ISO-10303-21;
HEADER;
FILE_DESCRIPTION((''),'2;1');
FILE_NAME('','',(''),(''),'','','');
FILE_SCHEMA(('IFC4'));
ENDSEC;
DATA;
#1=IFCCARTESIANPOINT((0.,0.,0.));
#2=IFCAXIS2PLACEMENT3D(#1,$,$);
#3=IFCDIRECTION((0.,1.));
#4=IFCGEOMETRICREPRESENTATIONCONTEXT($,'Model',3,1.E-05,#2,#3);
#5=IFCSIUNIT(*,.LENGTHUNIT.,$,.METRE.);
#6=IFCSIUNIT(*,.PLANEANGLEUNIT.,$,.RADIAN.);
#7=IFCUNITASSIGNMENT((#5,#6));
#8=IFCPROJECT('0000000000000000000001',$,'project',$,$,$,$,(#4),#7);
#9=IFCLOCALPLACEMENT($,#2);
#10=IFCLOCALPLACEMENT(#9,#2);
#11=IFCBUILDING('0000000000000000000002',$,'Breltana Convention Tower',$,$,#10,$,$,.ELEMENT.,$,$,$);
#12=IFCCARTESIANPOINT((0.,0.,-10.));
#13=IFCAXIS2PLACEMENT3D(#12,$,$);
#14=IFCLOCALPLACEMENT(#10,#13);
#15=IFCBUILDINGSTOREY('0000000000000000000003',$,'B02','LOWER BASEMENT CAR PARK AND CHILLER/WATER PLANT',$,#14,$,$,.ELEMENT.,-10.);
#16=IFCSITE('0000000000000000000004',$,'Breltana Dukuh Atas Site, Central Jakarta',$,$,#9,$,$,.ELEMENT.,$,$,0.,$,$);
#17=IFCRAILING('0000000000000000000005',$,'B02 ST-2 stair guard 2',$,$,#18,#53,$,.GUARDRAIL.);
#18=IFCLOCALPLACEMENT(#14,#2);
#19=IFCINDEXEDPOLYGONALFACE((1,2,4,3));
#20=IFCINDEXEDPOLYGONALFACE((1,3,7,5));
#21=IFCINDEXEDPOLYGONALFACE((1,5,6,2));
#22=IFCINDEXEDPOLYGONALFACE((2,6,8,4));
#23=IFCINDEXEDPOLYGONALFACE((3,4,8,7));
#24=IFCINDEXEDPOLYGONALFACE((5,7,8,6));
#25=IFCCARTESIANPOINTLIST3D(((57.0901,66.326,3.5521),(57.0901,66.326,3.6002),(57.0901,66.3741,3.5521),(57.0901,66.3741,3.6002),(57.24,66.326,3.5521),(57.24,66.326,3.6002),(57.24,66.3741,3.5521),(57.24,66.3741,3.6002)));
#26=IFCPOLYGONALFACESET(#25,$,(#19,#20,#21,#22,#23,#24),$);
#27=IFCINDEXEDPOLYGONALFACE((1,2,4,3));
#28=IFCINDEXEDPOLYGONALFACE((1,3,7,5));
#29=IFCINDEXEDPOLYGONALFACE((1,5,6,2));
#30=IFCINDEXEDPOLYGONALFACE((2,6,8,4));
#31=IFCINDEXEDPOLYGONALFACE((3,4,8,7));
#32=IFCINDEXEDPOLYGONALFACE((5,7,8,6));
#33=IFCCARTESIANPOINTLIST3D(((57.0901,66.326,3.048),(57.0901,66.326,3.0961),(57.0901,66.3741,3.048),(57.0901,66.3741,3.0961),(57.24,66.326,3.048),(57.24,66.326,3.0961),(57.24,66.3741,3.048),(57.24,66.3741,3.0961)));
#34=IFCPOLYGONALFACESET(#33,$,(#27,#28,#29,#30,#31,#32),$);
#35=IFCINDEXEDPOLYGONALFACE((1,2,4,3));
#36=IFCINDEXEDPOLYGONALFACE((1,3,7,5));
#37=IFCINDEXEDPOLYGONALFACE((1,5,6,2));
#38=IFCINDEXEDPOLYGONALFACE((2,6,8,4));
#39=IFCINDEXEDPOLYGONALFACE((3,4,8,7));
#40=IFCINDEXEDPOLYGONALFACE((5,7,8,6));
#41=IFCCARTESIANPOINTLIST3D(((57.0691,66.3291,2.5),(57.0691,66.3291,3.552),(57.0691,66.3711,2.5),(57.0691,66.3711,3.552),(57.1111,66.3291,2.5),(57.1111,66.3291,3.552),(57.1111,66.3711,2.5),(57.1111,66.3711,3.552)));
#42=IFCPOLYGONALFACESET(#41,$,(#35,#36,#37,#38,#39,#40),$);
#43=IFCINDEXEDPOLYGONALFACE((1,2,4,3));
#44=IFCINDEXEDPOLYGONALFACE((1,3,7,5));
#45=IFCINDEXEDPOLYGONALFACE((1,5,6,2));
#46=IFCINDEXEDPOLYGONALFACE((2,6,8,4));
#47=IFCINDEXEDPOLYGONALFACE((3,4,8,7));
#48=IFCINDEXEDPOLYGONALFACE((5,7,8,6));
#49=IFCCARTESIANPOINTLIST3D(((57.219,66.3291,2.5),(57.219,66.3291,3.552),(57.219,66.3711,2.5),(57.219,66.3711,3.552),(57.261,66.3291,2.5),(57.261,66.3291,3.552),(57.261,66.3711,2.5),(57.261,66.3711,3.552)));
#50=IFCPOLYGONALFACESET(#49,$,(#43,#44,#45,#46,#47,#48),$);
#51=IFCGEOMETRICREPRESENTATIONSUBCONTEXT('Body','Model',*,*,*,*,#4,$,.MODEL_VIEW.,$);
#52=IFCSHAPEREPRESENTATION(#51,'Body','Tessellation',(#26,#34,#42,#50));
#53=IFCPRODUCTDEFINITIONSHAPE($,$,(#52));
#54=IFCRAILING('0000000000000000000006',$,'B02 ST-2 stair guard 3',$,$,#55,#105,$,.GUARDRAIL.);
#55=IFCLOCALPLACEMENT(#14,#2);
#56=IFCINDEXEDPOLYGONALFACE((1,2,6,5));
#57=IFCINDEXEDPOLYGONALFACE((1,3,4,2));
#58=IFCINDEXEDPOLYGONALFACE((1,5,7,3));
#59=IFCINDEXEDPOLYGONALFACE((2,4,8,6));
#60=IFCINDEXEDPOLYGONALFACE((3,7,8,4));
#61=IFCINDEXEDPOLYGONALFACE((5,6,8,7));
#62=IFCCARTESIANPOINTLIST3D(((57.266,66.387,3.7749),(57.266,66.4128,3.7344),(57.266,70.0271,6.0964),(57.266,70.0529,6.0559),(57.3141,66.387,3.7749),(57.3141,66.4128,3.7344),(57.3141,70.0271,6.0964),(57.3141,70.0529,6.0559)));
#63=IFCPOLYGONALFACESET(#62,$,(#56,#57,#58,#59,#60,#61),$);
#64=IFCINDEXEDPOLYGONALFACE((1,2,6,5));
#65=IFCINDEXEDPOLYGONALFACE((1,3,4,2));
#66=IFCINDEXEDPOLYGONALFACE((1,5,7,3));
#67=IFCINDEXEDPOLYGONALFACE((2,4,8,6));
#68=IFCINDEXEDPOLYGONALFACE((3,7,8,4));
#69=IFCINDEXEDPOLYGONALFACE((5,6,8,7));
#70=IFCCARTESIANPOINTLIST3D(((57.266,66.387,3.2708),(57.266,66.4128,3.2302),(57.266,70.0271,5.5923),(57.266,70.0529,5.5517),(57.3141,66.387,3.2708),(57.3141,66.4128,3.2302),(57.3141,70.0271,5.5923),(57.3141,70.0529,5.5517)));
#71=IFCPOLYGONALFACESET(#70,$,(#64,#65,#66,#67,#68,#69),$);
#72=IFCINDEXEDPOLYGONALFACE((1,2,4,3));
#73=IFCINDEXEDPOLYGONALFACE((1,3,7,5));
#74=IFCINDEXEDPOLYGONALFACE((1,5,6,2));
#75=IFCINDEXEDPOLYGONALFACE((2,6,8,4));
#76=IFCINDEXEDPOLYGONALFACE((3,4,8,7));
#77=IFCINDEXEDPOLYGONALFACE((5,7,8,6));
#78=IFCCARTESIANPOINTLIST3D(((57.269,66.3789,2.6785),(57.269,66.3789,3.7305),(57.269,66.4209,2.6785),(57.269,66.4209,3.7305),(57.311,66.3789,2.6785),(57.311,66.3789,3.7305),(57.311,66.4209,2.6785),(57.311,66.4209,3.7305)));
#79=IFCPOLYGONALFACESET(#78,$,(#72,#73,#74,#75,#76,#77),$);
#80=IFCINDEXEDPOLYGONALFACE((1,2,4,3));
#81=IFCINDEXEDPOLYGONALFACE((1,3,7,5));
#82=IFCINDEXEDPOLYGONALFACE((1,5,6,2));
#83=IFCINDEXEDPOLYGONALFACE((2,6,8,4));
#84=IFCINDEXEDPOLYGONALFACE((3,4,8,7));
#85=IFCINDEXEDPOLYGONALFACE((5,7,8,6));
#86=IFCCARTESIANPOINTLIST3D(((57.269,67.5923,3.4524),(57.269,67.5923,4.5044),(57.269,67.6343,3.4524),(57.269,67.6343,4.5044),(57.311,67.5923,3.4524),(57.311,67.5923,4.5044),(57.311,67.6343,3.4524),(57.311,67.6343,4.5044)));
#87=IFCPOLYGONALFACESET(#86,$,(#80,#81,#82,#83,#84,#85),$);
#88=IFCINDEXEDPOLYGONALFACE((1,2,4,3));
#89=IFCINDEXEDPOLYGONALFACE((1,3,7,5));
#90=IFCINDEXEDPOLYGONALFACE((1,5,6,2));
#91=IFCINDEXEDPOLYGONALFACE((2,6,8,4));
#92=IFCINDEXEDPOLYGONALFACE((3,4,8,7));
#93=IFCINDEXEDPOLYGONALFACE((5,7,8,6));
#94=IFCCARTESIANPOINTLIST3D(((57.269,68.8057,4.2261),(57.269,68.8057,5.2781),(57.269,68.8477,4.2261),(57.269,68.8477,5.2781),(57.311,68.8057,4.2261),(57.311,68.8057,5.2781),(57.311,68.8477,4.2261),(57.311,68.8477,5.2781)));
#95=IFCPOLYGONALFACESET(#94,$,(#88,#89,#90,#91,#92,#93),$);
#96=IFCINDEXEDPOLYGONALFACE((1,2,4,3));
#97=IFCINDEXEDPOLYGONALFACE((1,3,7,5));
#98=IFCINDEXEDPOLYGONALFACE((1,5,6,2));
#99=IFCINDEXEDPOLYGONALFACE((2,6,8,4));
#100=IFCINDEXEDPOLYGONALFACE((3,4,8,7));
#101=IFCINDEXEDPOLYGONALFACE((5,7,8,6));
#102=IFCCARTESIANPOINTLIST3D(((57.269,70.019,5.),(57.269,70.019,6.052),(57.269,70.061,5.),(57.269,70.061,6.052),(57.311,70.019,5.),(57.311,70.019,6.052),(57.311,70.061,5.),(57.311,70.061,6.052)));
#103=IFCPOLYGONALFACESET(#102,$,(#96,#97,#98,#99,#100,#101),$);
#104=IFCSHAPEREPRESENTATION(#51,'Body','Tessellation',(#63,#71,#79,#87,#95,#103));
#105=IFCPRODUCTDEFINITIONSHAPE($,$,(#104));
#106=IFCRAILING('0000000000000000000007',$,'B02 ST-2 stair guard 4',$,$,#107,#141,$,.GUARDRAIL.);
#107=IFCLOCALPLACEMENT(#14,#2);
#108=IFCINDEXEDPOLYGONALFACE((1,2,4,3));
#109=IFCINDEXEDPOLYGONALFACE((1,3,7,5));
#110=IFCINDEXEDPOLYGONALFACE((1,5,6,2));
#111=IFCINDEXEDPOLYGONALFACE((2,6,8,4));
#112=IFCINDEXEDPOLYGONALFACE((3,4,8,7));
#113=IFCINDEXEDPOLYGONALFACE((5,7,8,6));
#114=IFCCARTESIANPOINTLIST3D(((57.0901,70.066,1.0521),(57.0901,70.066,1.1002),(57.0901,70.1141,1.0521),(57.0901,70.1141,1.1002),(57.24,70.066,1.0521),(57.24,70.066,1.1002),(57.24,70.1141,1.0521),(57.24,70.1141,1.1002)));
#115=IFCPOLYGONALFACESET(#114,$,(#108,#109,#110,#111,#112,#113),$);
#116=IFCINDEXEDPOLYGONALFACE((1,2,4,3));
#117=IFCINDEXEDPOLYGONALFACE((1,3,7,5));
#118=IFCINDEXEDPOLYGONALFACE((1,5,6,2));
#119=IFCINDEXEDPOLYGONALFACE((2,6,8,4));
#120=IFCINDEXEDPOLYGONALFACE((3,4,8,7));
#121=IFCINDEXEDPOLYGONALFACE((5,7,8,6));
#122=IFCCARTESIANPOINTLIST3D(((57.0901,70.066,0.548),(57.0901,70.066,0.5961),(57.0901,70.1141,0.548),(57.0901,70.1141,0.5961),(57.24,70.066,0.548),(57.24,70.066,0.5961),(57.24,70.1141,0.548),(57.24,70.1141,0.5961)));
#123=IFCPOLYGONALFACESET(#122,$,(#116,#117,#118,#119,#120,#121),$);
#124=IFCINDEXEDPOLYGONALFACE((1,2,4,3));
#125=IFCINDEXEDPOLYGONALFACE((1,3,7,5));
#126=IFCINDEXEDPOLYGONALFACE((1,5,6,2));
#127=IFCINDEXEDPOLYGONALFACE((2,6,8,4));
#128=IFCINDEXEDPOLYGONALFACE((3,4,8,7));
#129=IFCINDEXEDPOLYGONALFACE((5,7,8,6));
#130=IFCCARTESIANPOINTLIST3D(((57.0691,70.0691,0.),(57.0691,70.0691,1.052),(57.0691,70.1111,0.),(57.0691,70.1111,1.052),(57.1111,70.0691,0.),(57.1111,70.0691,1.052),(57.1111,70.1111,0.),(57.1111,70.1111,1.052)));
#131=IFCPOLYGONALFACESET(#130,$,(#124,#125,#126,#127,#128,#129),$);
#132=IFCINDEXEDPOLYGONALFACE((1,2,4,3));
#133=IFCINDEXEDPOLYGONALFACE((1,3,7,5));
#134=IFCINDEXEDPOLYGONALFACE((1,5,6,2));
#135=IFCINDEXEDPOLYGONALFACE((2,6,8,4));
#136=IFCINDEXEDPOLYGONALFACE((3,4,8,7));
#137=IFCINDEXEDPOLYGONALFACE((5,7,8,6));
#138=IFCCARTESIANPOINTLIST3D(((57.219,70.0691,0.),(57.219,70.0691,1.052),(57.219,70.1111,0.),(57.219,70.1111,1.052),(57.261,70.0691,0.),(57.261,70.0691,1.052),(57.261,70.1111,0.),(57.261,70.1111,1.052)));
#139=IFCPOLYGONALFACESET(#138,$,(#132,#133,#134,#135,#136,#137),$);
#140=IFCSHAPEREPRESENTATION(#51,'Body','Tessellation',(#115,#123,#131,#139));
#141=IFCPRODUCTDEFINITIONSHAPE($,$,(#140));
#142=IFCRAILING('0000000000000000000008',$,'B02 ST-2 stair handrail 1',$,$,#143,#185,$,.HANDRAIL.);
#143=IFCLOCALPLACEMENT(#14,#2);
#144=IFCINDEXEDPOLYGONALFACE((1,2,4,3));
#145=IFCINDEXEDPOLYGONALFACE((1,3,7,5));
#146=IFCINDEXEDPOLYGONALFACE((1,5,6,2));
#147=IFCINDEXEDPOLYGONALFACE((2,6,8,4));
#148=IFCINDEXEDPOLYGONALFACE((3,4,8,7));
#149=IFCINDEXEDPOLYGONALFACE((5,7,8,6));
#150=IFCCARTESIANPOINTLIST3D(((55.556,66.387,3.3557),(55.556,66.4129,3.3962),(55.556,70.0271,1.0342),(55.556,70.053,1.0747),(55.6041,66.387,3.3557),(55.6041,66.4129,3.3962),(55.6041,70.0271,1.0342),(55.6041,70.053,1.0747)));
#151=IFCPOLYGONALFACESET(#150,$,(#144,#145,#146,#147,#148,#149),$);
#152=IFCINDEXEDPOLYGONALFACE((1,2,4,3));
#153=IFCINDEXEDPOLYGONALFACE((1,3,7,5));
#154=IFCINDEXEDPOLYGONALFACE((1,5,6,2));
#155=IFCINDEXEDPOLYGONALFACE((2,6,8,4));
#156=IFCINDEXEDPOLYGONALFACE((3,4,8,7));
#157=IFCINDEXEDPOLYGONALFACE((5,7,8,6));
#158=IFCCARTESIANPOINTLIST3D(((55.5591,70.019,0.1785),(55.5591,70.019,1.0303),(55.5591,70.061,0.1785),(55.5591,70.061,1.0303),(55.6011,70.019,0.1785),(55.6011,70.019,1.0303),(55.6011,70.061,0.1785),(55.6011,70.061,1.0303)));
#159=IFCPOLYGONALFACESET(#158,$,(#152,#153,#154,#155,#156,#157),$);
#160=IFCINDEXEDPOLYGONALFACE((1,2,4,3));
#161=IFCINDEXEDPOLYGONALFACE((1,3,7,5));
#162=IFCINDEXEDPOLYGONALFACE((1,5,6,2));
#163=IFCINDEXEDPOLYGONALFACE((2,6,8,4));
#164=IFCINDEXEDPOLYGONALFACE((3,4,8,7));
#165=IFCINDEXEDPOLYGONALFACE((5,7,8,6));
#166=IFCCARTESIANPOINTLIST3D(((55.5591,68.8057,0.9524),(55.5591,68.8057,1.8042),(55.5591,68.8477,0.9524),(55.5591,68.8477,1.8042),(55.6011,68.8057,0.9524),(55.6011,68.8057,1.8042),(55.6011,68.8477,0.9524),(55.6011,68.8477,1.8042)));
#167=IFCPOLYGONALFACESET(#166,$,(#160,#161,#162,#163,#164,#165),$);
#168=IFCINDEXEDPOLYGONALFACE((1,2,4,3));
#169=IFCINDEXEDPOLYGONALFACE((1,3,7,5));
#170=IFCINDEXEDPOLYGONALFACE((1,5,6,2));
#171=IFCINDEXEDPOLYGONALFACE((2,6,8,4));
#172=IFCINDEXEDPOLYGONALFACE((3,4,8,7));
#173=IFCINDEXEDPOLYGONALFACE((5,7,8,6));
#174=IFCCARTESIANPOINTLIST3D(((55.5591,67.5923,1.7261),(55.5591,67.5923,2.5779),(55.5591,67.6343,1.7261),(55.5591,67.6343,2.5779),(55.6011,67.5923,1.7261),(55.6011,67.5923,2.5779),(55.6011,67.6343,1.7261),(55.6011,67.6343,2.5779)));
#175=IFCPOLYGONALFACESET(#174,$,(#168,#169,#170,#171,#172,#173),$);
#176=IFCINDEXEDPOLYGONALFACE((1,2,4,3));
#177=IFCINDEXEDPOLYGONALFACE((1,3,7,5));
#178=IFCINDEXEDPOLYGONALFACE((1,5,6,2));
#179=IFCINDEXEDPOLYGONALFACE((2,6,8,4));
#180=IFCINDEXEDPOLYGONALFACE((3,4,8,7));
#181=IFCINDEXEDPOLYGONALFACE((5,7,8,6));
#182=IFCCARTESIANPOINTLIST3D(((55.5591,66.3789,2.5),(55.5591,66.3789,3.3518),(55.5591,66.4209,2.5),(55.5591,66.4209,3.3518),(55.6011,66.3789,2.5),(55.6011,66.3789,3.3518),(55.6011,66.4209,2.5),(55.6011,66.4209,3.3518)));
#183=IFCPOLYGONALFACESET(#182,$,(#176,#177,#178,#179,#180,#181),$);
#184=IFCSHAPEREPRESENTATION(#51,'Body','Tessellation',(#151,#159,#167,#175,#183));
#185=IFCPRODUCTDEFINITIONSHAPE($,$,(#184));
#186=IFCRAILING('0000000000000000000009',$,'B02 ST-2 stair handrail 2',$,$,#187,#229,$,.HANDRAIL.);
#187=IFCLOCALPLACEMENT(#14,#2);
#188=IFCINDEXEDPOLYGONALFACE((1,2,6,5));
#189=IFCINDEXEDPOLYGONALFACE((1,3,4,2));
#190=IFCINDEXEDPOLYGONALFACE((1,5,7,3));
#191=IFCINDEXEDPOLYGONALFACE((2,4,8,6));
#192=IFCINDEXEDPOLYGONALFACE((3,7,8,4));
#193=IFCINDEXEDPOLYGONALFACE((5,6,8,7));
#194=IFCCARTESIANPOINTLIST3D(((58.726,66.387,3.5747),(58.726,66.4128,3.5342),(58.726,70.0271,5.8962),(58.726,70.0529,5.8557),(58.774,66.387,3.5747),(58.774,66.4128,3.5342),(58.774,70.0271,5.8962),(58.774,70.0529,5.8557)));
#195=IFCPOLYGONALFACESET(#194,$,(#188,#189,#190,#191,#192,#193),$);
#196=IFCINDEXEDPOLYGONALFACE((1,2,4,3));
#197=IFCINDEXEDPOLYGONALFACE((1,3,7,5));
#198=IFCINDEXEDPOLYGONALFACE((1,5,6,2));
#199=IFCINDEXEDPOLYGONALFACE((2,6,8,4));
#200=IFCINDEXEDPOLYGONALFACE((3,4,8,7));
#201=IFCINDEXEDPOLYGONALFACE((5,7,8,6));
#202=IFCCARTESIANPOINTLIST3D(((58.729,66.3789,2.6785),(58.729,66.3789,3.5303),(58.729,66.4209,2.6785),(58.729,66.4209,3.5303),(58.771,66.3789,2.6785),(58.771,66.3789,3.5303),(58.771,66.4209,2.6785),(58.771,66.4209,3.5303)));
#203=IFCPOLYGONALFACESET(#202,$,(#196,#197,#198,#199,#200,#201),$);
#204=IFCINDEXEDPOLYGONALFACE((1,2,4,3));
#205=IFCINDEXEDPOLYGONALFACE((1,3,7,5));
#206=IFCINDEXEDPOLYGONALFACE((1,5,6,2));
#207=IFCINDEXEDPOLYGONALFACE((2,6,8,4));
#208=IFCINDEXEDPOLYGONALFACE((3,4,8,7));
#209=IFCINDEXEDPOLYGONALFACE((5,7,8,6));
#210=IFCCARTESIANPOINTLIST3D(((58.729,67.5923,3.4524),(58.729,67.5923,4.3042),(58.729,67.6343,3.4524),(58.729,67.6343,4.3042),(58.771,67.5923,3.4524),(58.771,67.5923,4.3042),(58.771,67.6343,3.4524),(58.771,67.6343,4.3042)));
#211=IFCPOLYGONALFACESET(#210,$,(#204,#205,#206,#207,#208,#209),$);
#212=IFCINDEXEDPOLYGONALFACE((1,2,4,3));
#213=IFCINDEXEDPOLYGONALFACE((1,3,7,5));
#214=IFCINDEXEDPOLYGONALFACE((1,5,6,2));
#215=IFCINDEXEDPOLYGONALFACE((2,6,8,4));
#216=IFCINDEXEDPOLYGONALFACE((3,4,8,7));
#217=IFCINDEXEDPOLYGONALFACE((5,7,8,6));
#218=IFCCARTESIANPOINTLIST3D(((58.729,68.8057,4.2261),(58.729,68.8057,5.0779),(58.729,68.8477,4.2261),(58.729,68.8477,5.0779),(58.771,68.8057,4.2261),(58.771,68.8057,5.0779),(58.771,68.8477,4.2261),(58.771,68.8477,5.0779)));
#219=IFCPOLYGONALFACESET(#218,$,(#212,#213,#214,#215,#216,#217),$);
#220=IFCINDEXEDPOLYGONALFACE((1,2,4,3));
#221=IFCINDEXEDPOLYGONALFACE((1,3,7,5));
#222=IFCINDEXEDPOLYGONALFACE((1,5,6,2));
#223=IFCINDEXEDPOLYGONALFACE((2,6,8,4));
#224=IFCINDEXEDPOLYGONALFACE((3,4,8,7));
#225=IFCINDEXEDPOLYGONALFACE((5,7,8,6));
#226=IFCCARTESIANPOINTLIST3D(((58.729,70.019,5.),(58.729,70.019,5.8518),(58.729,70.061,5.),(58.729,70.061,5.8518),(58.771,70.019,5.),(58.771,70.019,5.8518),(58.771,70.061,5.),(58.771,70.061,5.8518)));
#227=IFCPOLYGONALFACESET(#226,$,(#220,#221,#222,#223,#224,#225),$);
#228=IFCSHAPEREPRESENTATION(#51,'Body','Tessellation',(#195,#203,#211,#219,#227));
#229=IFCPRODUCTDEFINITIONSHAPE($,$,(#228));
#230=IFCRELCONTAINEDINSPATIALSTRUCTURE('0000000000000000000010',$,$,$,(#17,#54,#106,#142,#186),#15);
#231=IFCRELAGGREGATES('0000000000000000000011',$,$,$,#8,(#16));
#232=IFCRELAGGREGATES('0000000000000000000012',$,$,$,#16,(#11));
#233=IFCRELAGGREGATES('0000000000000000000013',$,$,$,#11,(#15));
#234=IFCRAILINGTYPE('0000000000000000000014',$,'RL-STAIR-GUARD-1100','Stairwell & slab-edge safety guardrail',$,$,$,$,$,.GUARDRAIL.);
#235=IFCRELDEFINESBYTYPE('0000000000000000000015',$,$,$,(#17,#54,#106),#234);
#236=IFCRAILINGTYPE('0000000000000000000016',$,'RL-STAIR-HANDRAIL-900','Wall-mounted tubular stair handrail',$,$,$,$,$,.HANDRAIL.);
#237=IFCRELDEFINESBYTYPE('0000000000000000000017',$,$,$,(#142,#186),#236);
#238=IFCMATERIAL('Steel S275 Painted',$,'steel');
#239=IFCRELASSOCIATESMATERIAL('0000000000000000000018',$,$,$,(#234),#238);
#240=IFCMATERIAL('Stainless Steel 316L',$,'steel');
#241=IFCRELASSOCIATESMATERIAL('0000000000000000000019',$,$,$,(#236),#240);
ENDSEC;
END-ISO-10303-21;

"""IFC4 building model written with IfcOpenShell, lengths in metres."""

from ifc_helpers import new_model, si_unit, direction, frame, origin, origin_2d, place, context, subcontext, project, spatial, rectangle, extrude, material, type_object, element, save


model = new_model("IFC4")

# Units and contexts
model_context = context("Model", 3, precision=1e-05, world=origin(), true_north=direction((0.0, 1.0)))
body_context = subcontext(model_context, "Body", "Model", "MODEL_VIEW")
ifc_project = project(units=[si_unit("LENGTHUNIT", "METRE"), si_unit("PLANEANGLEUNIT", "RADIAN")], contexts=[model_context])

# Site, building, storey
site_placement = place(None, origin())
site = spatial("IfcSite", under=ifc_project, at=site_placement, Name="Breltana Dukuh Atas Site, Central Jakarta", CompositionType="ELEMENT", RefElevation=0.0)
building_placement = place(site_placement, origin())
building = spatial("IfcBuilding", under=site, at=building_placement, Name="Breltana Convention Tower", CompositionType="ELEMENT")
storey_placement = place(building_placement, frame((0.0, 0.0, -10.0)))
storey = spatial("IfcBuildingStorey", under=building, at=storey_placement, Name="B02", Description="LOWER BASEMENT CAR PARK AND CHILLER/WATER PLANT", CompositionType="ELEMENT", Elevation=-10.0)

# Railings
ifc_material_1 = material(Name="Steel S275 Painted", Category="steel")
railing_type_1 = type_object("IfcRailingType", Name="RL-STAIR-GUARD-1100", Description="Stairwell & slab-edge safety guardrail", PredefinedType="GUARDRAIL", material=ifc_material_1)
railing_1_placement = place(storey_placement, frame((57.0901, 66.3501, 2.5)))
element("IfcRailing", 1, at=railing_1_placement, inside=storey, type_object=railing_type_1, Name="B02 ST-2 stair guard 2", PredefinedType="GUARDRAIL", context=body_context, shape_type="SweptSolid", body=[
    extrude(rectangle(XDim=0.0481, YDim=0.0481, at=origin_2d()), frame((0.0, 0.0, 1.0762), z_axis=(1.0, 0.0, 0.0), x_axis=(0.0, 1.0, 0.0)), (0.0, 0.0, 1.0), 0.1499),
    extrude(rectangle(XDim=0.0481, YDim=0.0481, at=origin_2d()), frame((0.0, 0.0, 0.572), z_axis=(1.0, 0.0, 0.0), x_axis=(0.0, 1.0, 0.0)), (0.0, 0.0, 1.0), 0.1499),
    extrude(rectangle(XDim=0.042, YDim=0.042, at=origin_2d()), origin(), (0.0, 0.0, 1.0), 1.052),
    extrude(rectangle(XDim=0.042, YDim=0.042, at=origin_2d()), frame((0.1499, 0.0, 0.0)), (0.0, 0.0, 1.0), 1.052),
])
railing_2_placement = place(storey_placement, frame((57.29, 66.3999, 2.6785)))
element("IfcRailing", 2, at=railing_2_placement, inside=storey, type_object=railing_type_1, Name="B02 ST-2 stair guard 3", PredefinedType="GUARDRAIL", context=body_context, shape_type="SweptSolid", body=[
    extrude(rectangle(XDim=0.0481, YDim=0.0481, at=origin_2d()), frame((0.0, 0.0, 1.0762), z_axis=(0.0, 0.843128, 0.537713), x_axis=(-1.0, 0.0, 0.0)), (0.0, 0.0, 1.0), 4.3174),
    extrude(rectangle(XDim=0.0481, YDim=0.0481, at=origin_2d()), frame((0.0, 0.0, 0.572), z_axis=(0.0, 0.843128, 0.537713), x_axis=(-1.0, 0.0, 0.0)), (0.0, 0.0, 1.0), 4.3174),
    extrude(rectangle(XDim=0.042, YDim=0.042, at=origin_2d()), origin(), (0.0, 0.0, 1.0), 1.052),
    extrude(rectangle(XDim=0.042, YDim=0.042, at=origin_2d()), frame((0.0, 1.2134, 0.7739)), (0.0, 0.0, 1.0), 1.052),
    extrude(rectangle(XDim=0.042, YDim=0.042, at=origin_2d()), frame((0.0, 2.4268, 1.5476)), (0.0, 0.0, 1.0), 1.052),
    extrude(rectangle(XDim=0.042, YDim=0.042, at=origin_2d()), frame((0.0, 3.6401, 2.3215)), (0.0, 0.0, 1.0), 1.052),
])
railing_3_placement = place(storey_placement, frame((57.0901, 70.0901, 0.0)))
element("IfcRailing", 3, at=railing_3_placement, inside=storey, type_object=railing_type_1, Name="B02 ST-2 stair guard 4", PredefinedType="GUARDRAIL", context=body_context, shape_type="SweptSolid", body=[
    extrude(rectangle(XDim=0.0481, YDim=0.0481, at=origin_2d()), frame((0.0, 0.0, 1.0762), z_axis=(1.0, 0.0, 0.0), x_axis=(0.0, 1.0, 0.0)), (0.0, 0.0, 1.0), 0.1499),
    extrude(rectangle(XDim=0.0481, YDim=0.0481, at=origin_2d()), frame((0.0, 0.0, 0.572), z_axis=(1.0, 0.0, 0.0), x_axis=(0.0, 1.0, 0.0)), (0.0, 0.0, 1.0), 0.1499),
    extrude(rectangle(XDim=0.042, YDim=0.042, at=origin_2d()), origin(), (0.0, 0.0, 1.0), 1.052),
    extrude(rectangle(XDim=0.042, YDim=0.042, at=origin_2d()), frame((0.1499, 0.0, 0.0)), (0.0, 0.0, 1.0), 1.052),
])
ifc_material_2 = material(Name="Stainless Steel 316L", Category="steel")
railing_type_2 = type_object("IfcRailingType", Name="RL-STAIR-HANDRAIL-900", Description="Wall-mounted tubular stair handrail", PredefinedType="HANDRAIL", material=ifc_material_2)
railing_4_placement = place(storey_placement, frame((55.5801, 70.04, 0.1785)))
element("IfcRailing", 4, at=railing_4_placement, inside=storey, type_object=railing_type_2, Name="B02 ST-2 stair handrail 1", PredefinedType="HANDRAIL", context=body_context, shape_type="SweptSolid", body=[
    extrude(rectangle(XDim=0.0481, YDim=0.0481, at=origin_2d()), frame((0.0, 0.0, 0.876), z_axis=(0.0, -0.843128, 0.537713), x_axis=(1.0, 0.0, 0.0)), (0.0, 0.0, 1.0), 4.3174),
    extrude(rectangle(XDim=0.042, YDim=0.042, at=origin_2d()), origin(), (0.0, 0.0, 1.0), 0.8518),
    extrude(rectangle(XDim=0.042, YDim=0.042, at=origin_2d()), frame((0.0, -1.2134, 0.7739)), (0.0, 0.0, 1.0), 0.8518),
    extrude(rectangle(XDim=0.042, YDim=0.042, at=origin_2d()), frame((0.0, -2.4268, 1.5476)), (0.0, 0.0, 1.0), 0.8518),
    extrude(rectangle(XDim=0.042, YDim=0.042, at=origin_2d()), frame((0.0, -3.6401, 2.3215)), (0.0, 0.0, 1.0), 0.8518),
])
railing_5_placement = place(storey_placement, frame((58.75, 66.3999, 2.6785)))
element("IfcRailing", 5, at=railing_5_placement, inside=storey, type_object=railing_type_2, Name="B02 ST-2 stair handrail 2", PredefinedType="HANDRAIL", context=body_context, shape_type="SweptSolid", body=[
    extrude(rectangle(XDim=0.0481, YDim=0.0481, at=origin_2d()), frame((0.0, 0.0, 0.876), z_axis=(0.0, 0.843128, 0.537713), x_axis=(-1.0, 0.0, 0.0)), (0.0, 0.0, 1.0), 4.3174),
    extrude(rectangle(XDim=0.042, YDim=0.042, at=origin_2d()), origin(), (0.0, 0.0, 1.0), 0.8518),
    extrude(rectangle(XDim=0.042, YDim=0.042, at=origin_2d()), frame((0.0, 1.2134, 0.7739)), (0.0, 0.0, 1.0), 0.8518),
    extrude(rectangle(XDim=0.042, YDim=0.042, at=origin_2d()), frame((0.0, 2.4268, 1.5476)), (0.0, 0.0, 1.0), 0.8518),
    extrude(rectangle(XDim=0.042, YDim=0.042, at=origin_2d()), frame((0.0, 3.6401, 2.3215)), (0.0, 0.0, 1.0), 0.8518),
])

save(model, "model.ifc")
